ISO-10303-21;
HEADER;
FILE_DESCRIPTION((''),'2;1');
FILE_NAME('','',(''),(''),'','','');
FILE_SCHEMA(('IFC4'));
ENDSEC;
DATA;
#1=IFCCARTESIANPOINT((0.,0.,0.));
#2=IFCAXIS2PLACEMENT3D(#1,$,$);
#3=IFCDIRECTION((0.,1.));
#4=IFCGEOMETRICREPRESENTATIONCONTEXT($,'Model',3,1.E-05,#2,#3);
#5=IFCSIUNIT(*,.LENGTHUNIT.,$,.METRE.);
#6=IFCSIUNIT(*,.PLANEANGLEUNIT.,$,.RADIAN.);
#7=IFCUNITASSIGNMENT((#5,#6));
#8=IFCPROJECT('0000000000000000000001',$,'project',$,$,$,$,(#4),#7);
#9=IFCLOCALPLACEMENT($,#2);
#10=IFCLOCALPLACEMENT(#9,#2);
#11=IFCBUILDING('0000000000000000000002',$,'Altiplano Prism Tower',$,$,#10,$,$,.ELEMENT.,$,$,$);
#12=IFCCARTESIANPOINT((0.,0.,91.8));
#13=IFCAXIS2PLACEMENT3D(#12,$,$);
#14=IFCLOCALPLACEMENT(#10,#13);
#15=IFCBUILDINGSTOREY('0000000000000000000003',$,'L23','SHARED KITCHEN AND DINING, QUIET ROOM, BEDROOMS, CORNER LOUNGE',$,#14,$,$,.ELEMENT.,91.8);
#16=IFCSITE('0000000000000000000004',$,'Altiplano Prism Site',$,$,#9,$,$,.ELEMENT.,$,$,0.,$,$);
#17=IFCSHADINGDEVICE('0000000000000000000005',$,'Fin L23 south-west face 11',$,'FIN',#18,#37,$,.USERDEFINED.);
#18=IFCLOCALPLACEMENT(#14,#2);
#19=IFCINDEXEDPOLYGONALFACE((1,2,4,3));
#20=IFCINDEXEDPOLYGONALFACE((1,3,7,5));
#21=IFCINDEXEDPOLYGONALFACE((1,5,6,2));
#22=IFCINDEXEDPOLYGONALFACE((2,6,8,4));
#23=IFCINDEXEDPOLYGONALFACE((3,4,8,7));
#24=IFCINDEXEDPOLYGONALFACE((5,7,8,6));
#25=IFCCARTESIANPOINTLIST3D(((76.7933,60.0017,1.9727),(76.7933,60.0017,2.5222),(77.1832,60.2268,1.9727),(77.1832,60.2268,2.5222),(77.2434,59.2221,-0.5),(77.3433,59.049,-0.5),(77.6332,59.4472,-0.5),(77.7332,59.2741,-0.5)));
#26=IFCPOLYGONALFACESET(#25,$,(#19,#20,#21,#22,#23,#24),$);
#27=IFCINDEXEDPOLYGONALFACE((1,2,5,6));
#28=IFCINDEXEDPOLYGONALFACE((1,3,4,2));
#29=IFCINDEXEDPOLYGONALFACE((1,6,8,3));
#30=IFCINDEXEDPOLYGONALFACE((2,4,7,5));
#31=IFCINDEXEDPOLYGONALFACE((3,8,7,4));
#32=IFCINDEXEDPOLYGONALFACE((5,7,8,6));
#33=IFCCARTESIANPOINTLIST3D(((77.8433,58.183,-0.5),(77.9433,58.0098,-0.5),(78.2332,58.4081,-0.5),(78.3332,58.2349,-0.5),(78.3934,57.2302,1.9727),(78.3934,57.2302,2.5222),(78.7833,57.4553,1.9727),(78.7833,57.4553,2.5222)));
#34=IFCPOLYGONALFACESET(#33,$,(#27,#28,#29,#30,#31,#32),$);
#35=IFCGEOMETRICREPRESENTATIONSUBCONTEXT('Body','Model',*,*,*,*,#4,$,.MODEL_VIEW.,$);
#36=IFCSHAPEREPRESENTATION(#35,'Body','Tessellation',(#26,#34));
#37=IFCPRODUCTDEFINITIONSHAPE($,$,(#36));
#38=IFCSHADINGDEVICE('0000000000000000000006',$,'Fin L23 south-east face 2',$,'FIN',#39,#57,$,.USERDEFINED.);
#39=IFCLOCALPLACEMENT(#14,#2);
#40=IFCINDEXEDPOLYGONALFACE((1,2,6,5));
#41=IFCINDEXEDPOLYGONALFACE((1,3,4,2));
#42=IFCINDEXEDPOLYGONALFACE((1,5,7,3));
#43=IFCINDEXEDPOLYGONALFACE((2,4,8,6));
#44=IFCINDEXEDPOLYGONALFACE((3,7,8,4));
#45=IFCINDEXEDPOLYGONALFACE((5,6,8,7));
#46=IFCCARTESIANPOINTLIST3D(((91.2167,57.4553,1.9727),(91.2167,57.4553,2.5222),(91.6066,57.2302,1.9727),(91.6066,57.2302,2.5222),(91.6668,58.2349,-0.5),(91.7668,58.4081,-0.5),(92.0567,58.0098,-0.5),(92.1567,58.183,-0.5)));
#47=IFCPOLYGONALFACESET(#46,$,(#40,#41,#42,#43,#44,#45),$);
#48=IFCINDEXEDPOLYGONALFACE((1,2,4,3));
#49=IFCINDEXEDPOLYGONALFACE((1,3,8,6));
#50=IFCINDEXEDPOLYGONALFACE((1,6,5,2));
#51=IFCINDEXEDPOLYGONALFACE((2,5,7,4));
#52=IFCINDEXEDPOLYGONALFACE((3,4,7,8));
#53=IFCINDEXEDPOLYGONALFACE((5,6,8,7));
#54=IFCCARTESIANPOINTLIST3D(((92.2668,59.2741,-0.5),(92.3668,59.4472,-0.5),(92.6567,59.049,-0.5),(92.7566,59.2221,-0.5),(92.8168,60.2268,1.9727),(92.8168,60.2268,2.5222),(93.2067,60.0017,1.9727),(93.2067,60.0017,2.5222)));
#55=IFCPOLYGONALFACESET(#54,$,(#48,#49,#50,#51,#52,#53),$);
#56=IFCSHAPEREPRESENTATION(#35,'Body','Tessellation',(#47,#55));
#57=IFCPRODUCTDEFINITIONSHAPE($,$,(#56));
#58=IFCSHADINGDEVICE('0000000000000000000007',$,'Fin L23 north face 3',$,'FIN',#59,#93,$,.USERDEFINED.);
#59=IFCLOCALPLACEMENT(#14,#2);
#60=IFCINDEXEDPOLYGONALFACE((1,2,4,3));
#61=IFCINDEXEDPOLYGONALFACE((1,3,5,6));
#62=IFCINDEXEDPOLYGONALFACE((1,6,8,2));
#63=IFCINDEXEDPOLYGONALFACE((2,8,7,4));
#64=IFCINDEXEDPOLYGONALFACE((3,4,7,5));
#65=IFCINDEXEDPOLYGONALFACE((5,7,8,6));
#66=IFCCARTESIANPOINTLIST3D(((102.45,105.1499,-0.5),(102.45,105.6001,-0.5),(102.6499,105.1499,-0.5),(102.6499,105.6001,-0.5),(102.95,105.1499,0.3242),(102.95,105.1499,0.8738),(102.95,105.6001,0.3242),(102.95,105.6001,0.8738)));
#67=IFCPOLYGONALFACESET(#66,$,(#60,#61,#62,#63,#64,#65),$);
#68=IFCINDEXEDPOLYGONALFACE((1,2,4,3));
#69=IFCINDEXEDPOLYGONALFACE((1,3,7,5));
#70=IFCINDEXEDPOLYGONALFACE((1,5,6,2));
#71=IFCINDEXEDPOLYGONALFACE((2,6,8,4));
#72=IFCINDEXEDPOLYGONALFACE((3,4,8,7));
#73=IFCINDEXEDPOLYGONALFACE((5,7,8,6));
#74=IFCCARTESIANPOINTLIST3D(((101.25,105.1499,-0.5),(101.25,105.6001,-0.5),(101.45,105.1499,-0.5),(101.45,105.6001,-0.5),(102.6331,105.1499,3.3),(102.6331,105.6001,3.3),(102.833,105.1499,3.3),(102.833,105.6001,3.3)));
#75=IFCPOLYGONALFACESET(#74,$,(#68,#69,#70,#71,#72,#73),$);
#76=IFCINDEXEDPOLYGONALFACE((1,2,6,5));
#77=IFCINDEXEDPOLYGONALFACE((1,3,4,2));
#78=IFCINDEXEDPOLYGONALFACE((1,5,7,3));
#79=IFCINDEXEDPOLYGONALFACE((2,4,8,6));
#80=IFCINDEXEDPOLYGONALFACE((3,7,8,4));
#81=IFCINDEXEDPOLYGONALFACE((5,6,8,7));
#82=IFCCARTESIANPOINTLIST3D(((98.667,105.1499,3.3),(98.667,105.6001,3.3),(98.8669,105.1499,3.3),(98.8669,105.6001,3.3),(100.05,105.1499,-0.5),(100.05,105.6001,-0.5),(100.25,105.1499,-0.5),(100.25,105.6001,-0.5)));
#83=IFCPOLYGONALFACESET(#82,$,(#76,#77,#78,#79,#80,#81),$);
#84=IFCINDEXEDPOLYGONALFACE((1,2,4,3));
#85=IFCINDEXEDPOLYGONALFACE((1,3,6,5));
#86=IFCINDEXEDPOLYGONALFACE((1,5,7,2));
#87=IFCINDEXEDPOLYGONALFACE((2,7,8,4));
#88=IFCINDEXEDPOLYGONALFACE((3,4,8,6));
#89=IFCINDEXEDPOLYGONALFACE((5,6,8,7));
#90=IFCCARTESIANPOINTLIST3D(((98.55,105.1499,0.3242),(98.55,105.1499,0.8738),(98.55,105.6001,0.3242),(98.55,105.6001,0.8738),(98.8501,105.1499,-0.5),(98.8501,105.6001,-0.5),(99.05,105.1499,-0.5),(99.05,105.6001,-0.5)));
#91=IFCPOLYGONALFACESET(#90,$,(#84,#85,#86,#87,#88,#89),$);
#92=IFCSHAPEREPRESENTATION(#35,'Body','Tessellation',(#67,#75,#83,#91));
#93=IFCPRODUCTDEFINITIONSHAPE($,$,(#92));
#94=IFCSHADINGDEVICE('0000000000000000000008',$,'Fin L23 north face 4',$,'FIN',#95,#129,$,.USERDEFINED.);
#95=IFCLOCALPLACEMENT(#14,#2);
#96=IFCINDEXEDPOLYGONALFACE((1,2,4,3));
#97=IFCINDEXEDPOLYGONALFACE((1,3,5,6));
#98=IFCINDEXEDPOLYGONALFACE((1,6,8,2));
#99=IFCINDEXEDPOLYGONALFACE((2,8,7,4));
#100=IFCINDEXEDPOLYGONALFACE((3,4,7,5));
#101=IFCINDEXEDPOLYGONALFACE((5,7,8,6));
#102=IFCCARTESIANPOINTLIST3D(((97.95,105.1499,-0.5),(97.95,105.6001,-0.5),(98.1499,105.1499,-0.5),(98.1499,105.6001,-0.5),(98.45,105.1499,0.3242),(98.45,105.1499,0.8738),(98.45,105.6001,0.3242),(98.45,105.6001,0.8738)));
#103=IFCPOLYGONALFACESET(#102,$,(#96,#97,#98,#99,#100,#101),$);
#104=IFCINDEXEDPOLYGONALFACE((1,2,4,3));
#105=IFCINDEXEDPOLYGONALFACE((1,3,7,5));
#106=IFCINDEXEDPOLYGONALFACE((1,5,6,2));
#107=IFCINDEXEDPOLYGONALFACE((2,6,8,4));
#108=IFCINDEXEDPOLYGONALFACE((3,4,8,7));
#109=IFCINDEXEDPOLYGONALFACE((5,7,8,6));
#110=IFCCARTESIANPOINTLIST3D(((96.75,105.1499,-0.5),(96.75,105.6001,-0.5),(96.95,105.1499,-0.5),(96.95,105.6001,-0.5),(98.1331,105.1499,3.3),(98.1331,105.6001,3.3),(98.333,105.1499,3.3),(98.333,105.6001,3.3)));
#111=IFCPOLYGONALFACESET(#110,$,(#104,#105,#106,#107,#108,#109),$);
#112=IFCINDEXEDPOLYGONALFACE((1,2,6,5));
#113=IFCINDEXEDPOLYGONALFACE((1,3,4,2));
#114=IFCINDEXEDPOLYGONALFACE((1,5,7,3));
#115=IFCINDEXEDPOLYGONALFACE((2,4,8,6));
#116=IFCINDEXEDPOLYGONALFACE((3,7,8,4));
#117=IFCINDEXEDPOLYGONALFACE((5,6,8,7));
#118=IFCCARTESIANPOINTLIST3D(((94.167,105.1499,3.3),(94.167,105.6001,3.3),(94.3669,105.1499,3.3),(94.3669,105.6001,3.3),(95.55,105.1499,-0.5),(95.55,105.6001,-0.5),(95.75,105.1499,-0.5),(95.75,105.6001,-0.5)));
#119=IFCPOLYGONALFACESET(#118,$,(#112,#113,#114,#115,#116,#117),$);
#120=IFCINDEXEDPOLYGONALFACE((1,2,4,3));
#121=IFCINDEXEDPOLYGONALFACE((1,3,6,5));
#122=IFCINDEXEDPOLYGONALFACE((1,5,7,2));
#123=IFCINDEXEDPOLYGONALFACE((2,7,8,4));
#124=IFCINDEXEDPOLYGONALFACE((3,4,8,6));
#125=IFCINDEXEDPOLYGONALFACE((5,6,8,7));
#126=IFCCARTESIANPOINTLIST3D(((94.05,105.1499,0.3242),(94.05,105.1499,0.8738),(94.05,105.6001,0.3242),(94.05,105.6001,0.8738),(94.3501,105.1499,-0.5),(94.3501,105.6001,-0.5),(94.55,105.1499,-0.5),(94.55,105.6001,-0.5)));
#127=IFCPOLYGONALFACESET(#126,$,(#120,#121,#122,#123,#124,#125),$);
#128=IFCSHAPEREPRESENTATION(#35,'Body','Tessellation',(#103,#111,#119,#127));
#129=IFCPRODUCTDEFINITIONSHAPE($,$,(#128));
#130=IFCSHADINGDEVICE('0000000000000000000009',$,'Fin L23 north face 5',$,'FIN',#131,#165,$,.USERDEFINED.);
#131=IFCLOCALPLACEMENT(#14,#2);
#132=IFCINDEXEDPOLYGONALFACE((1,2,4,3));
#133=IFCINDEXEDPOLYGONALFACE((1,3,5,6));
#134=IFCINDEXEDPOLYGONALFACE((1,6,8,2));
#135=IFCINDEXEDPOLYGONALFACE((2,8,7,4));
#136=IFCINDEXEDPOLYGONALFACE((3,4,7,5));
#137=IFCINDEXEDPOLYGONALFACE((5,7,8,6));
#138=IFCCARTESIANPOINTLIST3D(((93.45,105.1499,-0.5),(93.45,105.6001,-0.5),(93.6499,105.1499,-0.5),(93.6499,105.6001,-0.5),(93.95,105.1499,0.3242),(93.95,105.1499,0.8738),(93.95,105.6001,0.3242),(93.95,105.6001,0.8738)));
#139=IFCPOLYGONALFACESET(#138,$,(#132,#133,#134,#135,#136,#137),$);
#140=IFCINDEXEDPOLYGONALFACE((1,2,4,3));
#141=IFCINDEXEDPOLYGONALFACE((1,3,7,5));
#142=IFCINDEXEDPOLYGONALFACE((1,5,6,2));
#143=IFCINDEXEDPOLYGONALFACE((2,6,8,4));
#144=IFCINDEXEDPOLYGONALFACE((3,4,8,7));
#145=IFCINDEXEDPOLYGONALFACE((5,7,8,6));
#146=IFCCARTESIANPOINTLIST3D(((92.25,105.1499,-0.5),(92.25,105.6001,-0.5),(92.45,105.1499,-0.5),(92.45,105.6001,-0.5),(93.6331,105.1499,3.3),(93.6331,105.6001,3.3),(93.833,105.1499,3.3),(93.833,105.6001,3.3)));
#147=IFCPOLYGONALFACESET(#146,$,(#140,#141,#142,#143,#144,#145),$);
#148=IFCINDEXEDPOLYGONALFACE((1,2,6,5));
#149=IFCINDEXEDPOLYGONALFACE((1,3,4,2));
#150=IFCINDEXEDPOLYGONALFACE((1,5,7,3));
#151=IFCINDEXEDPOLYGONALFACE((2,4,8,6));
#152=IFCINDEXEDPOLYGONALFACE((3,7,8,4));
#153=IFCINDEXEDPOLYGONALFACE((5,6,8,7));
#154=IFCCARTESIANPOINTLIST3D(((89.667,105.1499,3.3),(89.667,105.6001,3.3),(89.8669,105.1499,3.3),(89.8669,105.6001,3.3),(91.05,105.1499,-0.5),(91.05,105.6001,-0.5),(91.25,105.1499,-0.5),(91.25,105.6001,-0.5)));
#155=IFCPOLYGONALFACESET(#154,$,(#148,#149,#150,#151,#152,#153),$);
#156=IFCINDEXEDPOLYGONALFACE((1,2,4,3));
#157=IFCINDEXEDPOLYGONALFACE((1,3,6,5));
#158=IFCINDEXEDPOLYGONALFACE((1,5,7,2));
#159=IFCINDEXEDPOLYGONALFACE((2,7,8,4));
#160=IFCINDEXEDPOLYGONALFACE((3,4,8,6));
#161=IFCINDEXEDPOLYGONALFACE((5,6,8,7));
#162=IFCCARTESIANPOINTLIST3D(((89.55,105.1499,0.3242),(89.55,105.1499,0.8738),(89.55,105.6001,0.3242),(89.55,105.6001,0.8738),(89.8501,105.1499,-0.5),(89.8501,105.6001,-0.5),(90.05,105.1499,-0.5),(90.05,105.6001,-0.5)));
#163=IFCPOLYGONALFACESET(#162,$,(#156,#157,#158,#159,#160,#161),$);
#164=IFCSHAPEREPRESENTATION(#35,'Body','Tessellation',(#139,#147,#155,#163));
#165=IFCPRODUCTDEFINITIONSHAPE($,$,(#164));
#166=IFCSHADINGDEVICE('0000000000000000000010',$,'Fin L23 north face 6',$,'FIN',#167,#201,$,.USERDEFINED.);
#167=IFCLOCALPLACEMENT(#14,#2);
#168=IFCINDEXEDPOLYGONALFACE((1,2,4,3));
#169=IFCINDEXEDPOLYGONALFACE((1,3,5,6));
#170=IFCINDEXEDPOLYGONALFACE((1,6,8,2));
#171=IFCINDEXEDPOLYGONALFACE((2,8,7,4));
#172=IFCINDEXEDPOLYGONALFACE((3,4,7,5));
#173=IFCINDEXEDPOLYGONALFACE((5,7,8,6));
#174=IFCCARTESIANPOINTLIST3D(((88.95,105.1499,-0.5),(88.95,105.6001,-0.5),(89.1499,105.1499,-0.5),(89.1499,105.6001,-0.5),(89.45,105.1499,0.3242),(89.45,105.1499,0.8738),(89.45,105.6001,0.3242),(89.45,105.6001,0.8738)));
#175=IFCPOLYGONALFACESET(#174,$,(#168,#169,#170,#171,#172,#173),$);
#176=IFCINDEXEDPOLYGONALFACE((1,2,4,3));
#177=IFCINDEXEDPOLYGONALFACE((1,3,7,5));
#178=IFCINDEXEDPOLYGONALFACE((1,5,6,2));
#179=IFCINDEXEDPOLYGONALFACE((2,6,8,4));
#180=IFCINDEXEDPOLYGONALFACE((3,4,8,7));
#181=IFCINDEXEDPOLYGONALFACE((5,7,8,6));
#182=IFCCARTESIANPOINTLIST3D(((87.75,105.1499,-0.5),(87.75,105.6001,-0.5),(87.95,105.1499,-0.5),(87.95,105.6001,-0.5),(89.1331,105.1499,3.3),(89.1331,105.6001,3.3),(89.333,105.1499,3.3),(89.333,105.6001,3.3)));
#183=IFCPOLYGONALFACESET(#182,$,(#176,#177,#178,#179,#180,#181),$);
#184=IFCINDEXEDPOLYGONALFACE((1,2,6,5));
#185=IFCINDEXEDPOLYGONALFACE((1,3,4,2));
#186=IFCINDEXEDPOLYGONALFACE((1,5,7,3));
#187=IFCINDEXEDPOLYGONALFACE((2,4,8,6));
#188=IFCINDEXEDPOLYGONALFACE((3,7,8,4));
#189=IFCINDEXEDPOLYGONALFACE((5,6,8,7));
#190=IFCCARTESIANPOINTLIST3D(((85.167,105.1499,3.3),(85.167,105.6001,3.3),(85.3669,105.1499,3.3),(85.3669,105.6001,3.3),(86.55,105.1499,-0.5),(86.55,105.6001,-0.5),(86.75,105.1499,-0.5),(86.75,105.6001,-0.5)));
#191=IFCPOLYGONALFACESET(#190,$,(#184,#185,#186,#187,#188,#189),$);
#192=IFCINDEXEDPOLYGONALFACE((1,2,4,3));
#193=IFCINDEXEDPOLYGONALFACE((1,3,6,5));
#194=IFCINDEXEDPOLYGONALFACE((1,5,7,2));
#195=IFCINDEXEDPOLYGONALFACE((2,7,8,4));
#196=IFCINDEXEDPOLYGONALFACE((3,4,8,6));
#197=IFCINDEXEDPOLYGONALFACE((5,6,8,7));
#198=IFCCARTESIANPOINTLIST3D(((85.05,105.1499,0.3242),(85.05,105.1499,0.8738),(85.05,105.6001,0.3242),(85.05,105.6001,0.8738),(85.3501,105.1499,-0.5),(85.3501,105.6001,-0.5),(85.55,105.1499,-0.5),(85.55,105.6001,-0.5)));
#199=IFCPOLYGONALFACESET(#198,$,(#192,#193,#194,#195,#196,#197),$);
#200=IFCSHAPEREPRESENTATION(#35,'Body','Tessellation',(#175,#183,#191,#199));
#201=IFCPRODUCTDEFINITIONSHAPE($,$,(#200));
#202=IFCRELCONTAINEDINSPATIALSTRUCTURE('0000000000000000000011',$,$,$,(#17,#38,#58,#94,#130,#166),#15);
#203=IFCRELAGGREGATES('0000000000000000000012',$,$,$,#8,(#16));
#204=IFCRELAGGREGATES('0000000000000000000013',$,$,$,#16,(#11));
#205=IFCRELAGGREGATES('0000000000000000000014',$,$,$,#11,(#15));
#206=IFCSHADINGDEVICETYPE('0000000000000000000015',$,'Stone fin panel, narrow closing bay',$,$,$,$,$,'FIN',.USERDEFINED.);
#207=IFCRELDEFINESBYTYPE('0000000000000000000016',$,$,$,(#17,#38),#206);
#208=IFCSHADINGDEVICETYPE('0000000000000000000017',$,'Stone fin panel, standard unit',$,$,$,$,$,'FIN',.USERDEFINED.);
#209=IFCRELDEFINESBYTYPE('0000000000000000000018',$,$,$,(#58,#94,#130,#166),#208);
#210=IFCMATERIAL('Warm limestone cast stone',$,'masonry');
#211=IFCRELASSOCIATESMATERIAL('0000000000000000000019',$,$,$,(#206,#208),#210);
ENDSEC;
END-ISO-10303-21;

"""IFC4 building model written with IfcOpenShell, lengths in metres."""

from ifc_helpers import new_model, si_unit, direction, frame, origin, place, context, subcontext, project, spatial, polyline, outline, extrude, source, transform, mapped, material, type_object, element, save


model = new_model("IFC4")

# Units and contexts
model_context = context("Model", 3, precision=1e-05, world=origin(), true_north=direction((0.0, 1.0)))
body_context = subcontext(model_context, "Body", "Model", "MODEL_VIEW")
ifc_project = project(units=[si_unit("LENGTHUNIT", "METRE"), si_unit("PLANEANGLEUNIT", "RADIAN")], contexts=[model_context])

# Site, building, storey
site_placement = place(None, origin())
site = spatial("IfcSite", under=ifc_project, at=site_placement, Name="Altiplano Prism Site", CompositionType="ELEMENT", RefElevation=0.0)
building_placement = place(site_placement, origin())
building = spatial("IfcBuilding", under=site, at=building_placement, Name="Altiplano Prism Tower", CompositionType="ELEMENT")
storey_placement = place(building_placement, frame((0.0, 0.0, 91.8)))
storey = spatial("IfcBuildingStorey", under=building, at=storey_placement, Name="L23", Description="SHARED KITCHEN AND DINING, QUIET ROOM, BEDROOMS, CORNER LOUNGE", CompositionType="ELEMENT", Elevation=91.8)

# Shading devices
ifc_material_1 = material(Name="Warm limestone cast stone", Category="masonry")
shading_device_type_1 = type_object("IfcShadingDeviceType", Name="Stone fin panel, narrow closing bay", ElementType="FIN", PredefinedType="USERDEFINED", material=ifc_material_1)
shared_shape_1 = source(origin(), body_context, "Body", "SweptSolid", [
    extrude(outline(polyline([(-1.6001, 3.0222), (-1.6001, 2.4727), (-0.7, 0.0), (-0.5, 0.0), (-1.6001, 3.0222)])), frame((0.0, -0.1499, 0.0), z_axis=(0.0, -1.0, 0.0), x_axis=(1.0, 0.0, 0.0)), (0.0, 0.0, 1.0), 0.4502),
    extrude(outline(polyline([(1.6001, 2.4727), (1.6001, 3.0222), (0.5, 0.0), (0.7, 0.0), (1.6001, 2.4727)])), frame((0.0, -0.1499, 0.0), z_axis=(0.0, -1.0, 0.0), x_axis=(1.0, 0.0, 0.0)), (0.0, 0.0, 1.0), 0.4502),
])
shading_device_1_placement = place(storey_placement, origin())
element("IfcShadingDevice", 1, at=shading_device_1_placement, inside=storey, type_object=shading_device_type_1, Name="Fin L23 south-west face 11", ObjectType="FIN", PredefinedType="USERDEFINED", context=body_context, shape_type="MappedRepresentation", body=[
    mapped(shared_shape_1, transform((78.113, 58.916, -0.5), x_axis=(0.5, -0.866025, 0.0), y_axis=(0.866025, 0.5, 0.0), z_axis=(0.0, 0.0, 1.0))),
])
shading_device_2_placement = place(storey_placement, origin())
element("IfcShadingDevice", 2, at=shading_device_2_placement, inside=storey, type_object=shading_device_type_1, Name="Fin L23 south-east face 2", ObjectType="FIN", PredefinedType="USERDEFINED", context=body_context, shape_type="MappedRepresentation", body=[
    mapped(shared_shape_1, transform((91.887, 58.916, -0.5), x_axis=(0.5, 0.866025, 0.0), y_axis=(-0.866025, 0.5, 0.0), z_axis=(0.0, 0.0, 1.0))),
])
shading_device_type_2 = type_object("IfcShadingDeviceType", Name="Stone fin panel, standard unit", ElementType="FIN", PredefinedType="USERDEFINED", material=ifc_material_1)
shared_shape_2 = source(origin(), body_context, "Body", "SweptSolid", [
    extrude(outline(polyline([(-2.2, 1.3738), (-2.2, 0.8242), (-1.8999, 0.0), (-1.7, 0.0), (-2.2, 1.3738)])), frame((0.0, -0.1499, 0.0), z_axis=(0.0, -1.0, 0.0), x_axis=(1.0, 0.0, 0.0)), (0.0, 0.0, 1.0), 0.4502),
    extrude(outline(polyline([(-2.083, 3.8), (-0.7, 0.0), (-0.5, 0.0), (-1.8831, 3.8), (-2.083, 3.8)])), frame((0.0, -0.1499, 0.0), z_axis=(0.0, -1.0, 0.0), x_axis=(1.0, 0.0, 0.0)), (0.0, 0.0, 1.0), 0.4502),
    extrude(outline(polyline([(1.8831, 3.8), (0.5, 0.0), (0.7, 0.0), (2.083, 3.8), (1.8831, 3.8)])), frame((0.0, -0.1499, 0.0), z_axis=(0.0, -1.0, 0.0), x_axis=(1.0, 0.0, 0.0)), (0.0, 0.0, 1.0), 0.4502),
    extrude(outline(polyline([(2.2, 0.8242), (2.2, 1.3738), (1.7, 0.0), (1.8999, 0.0), (2.2, 0.8242)])), frame((0.0, -0.1499, 0.0), z_axis=(0.0, -1.0, 0.0), x_axis=(1.0, 0.0, 0.0)), (0.0, 0.0, 1.0), 0.4502),
])
shading_device_3_placement = place(storey_placement, origin())
element("IfcShadingDevice", 3, at=shading_device_3_placement, inside=storey, type_object=shading_device_type_2, Name="Fin L23 north face 3", ObjectType="FIN", PredefinedType="USERDEFINED", context=body_context, shape_type="MappedRepresentation", body=[
    mapped(shared_shape_2, transform((100.75, 105.0, -0.5), x_axis=(-1.0, 0.0, 0.0), y_axis=(0.0, -1.0, 0.0), z_axis=(0.0, 0.0, 1.0))),
])
shading_device_4_placement = place(storey_placement, origin())
element("IfcShadingDevice", 4, at=shading_device_4_placement, inside=storey, type_object=shading_device_type_2, Name="Fin L23 north face 4", ObjectType="FIN", PredefinedType="USERDEFINED", context=body_context, shape_type="MappedRepresentation", body=[
    mapped(shared_shape_2, transform((96.25, 105.0, -0.5), x_axis=(-1.0, 0.0, 0.0), y_axis=(0.0, -1.0, 0.0), z_axis=(0.0, 0.0, 1.0))),
])
shading_device_5_placement = place(storey_placement, origin())
element("IfcShadingDevice", 5, at=shading_device_5_placement, inside=storey, type_object=shading_device_type_2, Name="Fin L23 north face 5", ObjectType="FIN", PredefinedType="USERDEFINED", context=body_context, shape_type="MappedRepresentation", body=[
    mapped(shared_shape_2, transform((91.75, 105.0, -0.5), x_axis=(-1.0, 0.0, 0.0), y_axis=(0.0, -1.0, 0.0), z_axis=(0.0, 0.0, 1.0))),
])
shading_device_6_placement = place(storey_placement, origin())
element("IfcShadingDevice", 6, at=shading_device_6_placement, inside=storey, type_object=shading_device_type_2, Name="Fin L23 north face 6", ObjectType="FIN", PredefinedType="USERDEFINED", context=body_context, shape_type="MappedRepresentation", body=[
    mapped(shared_shape_2, transform((87.25, 105.0, -0.5), x_axis=(-1.0, 0.0, 0.0), y_axis=(0.0, -1.0, 0.0), z_axis=(0.0, 0.0, 1.0))),
])

save(model, "model.ifc")
